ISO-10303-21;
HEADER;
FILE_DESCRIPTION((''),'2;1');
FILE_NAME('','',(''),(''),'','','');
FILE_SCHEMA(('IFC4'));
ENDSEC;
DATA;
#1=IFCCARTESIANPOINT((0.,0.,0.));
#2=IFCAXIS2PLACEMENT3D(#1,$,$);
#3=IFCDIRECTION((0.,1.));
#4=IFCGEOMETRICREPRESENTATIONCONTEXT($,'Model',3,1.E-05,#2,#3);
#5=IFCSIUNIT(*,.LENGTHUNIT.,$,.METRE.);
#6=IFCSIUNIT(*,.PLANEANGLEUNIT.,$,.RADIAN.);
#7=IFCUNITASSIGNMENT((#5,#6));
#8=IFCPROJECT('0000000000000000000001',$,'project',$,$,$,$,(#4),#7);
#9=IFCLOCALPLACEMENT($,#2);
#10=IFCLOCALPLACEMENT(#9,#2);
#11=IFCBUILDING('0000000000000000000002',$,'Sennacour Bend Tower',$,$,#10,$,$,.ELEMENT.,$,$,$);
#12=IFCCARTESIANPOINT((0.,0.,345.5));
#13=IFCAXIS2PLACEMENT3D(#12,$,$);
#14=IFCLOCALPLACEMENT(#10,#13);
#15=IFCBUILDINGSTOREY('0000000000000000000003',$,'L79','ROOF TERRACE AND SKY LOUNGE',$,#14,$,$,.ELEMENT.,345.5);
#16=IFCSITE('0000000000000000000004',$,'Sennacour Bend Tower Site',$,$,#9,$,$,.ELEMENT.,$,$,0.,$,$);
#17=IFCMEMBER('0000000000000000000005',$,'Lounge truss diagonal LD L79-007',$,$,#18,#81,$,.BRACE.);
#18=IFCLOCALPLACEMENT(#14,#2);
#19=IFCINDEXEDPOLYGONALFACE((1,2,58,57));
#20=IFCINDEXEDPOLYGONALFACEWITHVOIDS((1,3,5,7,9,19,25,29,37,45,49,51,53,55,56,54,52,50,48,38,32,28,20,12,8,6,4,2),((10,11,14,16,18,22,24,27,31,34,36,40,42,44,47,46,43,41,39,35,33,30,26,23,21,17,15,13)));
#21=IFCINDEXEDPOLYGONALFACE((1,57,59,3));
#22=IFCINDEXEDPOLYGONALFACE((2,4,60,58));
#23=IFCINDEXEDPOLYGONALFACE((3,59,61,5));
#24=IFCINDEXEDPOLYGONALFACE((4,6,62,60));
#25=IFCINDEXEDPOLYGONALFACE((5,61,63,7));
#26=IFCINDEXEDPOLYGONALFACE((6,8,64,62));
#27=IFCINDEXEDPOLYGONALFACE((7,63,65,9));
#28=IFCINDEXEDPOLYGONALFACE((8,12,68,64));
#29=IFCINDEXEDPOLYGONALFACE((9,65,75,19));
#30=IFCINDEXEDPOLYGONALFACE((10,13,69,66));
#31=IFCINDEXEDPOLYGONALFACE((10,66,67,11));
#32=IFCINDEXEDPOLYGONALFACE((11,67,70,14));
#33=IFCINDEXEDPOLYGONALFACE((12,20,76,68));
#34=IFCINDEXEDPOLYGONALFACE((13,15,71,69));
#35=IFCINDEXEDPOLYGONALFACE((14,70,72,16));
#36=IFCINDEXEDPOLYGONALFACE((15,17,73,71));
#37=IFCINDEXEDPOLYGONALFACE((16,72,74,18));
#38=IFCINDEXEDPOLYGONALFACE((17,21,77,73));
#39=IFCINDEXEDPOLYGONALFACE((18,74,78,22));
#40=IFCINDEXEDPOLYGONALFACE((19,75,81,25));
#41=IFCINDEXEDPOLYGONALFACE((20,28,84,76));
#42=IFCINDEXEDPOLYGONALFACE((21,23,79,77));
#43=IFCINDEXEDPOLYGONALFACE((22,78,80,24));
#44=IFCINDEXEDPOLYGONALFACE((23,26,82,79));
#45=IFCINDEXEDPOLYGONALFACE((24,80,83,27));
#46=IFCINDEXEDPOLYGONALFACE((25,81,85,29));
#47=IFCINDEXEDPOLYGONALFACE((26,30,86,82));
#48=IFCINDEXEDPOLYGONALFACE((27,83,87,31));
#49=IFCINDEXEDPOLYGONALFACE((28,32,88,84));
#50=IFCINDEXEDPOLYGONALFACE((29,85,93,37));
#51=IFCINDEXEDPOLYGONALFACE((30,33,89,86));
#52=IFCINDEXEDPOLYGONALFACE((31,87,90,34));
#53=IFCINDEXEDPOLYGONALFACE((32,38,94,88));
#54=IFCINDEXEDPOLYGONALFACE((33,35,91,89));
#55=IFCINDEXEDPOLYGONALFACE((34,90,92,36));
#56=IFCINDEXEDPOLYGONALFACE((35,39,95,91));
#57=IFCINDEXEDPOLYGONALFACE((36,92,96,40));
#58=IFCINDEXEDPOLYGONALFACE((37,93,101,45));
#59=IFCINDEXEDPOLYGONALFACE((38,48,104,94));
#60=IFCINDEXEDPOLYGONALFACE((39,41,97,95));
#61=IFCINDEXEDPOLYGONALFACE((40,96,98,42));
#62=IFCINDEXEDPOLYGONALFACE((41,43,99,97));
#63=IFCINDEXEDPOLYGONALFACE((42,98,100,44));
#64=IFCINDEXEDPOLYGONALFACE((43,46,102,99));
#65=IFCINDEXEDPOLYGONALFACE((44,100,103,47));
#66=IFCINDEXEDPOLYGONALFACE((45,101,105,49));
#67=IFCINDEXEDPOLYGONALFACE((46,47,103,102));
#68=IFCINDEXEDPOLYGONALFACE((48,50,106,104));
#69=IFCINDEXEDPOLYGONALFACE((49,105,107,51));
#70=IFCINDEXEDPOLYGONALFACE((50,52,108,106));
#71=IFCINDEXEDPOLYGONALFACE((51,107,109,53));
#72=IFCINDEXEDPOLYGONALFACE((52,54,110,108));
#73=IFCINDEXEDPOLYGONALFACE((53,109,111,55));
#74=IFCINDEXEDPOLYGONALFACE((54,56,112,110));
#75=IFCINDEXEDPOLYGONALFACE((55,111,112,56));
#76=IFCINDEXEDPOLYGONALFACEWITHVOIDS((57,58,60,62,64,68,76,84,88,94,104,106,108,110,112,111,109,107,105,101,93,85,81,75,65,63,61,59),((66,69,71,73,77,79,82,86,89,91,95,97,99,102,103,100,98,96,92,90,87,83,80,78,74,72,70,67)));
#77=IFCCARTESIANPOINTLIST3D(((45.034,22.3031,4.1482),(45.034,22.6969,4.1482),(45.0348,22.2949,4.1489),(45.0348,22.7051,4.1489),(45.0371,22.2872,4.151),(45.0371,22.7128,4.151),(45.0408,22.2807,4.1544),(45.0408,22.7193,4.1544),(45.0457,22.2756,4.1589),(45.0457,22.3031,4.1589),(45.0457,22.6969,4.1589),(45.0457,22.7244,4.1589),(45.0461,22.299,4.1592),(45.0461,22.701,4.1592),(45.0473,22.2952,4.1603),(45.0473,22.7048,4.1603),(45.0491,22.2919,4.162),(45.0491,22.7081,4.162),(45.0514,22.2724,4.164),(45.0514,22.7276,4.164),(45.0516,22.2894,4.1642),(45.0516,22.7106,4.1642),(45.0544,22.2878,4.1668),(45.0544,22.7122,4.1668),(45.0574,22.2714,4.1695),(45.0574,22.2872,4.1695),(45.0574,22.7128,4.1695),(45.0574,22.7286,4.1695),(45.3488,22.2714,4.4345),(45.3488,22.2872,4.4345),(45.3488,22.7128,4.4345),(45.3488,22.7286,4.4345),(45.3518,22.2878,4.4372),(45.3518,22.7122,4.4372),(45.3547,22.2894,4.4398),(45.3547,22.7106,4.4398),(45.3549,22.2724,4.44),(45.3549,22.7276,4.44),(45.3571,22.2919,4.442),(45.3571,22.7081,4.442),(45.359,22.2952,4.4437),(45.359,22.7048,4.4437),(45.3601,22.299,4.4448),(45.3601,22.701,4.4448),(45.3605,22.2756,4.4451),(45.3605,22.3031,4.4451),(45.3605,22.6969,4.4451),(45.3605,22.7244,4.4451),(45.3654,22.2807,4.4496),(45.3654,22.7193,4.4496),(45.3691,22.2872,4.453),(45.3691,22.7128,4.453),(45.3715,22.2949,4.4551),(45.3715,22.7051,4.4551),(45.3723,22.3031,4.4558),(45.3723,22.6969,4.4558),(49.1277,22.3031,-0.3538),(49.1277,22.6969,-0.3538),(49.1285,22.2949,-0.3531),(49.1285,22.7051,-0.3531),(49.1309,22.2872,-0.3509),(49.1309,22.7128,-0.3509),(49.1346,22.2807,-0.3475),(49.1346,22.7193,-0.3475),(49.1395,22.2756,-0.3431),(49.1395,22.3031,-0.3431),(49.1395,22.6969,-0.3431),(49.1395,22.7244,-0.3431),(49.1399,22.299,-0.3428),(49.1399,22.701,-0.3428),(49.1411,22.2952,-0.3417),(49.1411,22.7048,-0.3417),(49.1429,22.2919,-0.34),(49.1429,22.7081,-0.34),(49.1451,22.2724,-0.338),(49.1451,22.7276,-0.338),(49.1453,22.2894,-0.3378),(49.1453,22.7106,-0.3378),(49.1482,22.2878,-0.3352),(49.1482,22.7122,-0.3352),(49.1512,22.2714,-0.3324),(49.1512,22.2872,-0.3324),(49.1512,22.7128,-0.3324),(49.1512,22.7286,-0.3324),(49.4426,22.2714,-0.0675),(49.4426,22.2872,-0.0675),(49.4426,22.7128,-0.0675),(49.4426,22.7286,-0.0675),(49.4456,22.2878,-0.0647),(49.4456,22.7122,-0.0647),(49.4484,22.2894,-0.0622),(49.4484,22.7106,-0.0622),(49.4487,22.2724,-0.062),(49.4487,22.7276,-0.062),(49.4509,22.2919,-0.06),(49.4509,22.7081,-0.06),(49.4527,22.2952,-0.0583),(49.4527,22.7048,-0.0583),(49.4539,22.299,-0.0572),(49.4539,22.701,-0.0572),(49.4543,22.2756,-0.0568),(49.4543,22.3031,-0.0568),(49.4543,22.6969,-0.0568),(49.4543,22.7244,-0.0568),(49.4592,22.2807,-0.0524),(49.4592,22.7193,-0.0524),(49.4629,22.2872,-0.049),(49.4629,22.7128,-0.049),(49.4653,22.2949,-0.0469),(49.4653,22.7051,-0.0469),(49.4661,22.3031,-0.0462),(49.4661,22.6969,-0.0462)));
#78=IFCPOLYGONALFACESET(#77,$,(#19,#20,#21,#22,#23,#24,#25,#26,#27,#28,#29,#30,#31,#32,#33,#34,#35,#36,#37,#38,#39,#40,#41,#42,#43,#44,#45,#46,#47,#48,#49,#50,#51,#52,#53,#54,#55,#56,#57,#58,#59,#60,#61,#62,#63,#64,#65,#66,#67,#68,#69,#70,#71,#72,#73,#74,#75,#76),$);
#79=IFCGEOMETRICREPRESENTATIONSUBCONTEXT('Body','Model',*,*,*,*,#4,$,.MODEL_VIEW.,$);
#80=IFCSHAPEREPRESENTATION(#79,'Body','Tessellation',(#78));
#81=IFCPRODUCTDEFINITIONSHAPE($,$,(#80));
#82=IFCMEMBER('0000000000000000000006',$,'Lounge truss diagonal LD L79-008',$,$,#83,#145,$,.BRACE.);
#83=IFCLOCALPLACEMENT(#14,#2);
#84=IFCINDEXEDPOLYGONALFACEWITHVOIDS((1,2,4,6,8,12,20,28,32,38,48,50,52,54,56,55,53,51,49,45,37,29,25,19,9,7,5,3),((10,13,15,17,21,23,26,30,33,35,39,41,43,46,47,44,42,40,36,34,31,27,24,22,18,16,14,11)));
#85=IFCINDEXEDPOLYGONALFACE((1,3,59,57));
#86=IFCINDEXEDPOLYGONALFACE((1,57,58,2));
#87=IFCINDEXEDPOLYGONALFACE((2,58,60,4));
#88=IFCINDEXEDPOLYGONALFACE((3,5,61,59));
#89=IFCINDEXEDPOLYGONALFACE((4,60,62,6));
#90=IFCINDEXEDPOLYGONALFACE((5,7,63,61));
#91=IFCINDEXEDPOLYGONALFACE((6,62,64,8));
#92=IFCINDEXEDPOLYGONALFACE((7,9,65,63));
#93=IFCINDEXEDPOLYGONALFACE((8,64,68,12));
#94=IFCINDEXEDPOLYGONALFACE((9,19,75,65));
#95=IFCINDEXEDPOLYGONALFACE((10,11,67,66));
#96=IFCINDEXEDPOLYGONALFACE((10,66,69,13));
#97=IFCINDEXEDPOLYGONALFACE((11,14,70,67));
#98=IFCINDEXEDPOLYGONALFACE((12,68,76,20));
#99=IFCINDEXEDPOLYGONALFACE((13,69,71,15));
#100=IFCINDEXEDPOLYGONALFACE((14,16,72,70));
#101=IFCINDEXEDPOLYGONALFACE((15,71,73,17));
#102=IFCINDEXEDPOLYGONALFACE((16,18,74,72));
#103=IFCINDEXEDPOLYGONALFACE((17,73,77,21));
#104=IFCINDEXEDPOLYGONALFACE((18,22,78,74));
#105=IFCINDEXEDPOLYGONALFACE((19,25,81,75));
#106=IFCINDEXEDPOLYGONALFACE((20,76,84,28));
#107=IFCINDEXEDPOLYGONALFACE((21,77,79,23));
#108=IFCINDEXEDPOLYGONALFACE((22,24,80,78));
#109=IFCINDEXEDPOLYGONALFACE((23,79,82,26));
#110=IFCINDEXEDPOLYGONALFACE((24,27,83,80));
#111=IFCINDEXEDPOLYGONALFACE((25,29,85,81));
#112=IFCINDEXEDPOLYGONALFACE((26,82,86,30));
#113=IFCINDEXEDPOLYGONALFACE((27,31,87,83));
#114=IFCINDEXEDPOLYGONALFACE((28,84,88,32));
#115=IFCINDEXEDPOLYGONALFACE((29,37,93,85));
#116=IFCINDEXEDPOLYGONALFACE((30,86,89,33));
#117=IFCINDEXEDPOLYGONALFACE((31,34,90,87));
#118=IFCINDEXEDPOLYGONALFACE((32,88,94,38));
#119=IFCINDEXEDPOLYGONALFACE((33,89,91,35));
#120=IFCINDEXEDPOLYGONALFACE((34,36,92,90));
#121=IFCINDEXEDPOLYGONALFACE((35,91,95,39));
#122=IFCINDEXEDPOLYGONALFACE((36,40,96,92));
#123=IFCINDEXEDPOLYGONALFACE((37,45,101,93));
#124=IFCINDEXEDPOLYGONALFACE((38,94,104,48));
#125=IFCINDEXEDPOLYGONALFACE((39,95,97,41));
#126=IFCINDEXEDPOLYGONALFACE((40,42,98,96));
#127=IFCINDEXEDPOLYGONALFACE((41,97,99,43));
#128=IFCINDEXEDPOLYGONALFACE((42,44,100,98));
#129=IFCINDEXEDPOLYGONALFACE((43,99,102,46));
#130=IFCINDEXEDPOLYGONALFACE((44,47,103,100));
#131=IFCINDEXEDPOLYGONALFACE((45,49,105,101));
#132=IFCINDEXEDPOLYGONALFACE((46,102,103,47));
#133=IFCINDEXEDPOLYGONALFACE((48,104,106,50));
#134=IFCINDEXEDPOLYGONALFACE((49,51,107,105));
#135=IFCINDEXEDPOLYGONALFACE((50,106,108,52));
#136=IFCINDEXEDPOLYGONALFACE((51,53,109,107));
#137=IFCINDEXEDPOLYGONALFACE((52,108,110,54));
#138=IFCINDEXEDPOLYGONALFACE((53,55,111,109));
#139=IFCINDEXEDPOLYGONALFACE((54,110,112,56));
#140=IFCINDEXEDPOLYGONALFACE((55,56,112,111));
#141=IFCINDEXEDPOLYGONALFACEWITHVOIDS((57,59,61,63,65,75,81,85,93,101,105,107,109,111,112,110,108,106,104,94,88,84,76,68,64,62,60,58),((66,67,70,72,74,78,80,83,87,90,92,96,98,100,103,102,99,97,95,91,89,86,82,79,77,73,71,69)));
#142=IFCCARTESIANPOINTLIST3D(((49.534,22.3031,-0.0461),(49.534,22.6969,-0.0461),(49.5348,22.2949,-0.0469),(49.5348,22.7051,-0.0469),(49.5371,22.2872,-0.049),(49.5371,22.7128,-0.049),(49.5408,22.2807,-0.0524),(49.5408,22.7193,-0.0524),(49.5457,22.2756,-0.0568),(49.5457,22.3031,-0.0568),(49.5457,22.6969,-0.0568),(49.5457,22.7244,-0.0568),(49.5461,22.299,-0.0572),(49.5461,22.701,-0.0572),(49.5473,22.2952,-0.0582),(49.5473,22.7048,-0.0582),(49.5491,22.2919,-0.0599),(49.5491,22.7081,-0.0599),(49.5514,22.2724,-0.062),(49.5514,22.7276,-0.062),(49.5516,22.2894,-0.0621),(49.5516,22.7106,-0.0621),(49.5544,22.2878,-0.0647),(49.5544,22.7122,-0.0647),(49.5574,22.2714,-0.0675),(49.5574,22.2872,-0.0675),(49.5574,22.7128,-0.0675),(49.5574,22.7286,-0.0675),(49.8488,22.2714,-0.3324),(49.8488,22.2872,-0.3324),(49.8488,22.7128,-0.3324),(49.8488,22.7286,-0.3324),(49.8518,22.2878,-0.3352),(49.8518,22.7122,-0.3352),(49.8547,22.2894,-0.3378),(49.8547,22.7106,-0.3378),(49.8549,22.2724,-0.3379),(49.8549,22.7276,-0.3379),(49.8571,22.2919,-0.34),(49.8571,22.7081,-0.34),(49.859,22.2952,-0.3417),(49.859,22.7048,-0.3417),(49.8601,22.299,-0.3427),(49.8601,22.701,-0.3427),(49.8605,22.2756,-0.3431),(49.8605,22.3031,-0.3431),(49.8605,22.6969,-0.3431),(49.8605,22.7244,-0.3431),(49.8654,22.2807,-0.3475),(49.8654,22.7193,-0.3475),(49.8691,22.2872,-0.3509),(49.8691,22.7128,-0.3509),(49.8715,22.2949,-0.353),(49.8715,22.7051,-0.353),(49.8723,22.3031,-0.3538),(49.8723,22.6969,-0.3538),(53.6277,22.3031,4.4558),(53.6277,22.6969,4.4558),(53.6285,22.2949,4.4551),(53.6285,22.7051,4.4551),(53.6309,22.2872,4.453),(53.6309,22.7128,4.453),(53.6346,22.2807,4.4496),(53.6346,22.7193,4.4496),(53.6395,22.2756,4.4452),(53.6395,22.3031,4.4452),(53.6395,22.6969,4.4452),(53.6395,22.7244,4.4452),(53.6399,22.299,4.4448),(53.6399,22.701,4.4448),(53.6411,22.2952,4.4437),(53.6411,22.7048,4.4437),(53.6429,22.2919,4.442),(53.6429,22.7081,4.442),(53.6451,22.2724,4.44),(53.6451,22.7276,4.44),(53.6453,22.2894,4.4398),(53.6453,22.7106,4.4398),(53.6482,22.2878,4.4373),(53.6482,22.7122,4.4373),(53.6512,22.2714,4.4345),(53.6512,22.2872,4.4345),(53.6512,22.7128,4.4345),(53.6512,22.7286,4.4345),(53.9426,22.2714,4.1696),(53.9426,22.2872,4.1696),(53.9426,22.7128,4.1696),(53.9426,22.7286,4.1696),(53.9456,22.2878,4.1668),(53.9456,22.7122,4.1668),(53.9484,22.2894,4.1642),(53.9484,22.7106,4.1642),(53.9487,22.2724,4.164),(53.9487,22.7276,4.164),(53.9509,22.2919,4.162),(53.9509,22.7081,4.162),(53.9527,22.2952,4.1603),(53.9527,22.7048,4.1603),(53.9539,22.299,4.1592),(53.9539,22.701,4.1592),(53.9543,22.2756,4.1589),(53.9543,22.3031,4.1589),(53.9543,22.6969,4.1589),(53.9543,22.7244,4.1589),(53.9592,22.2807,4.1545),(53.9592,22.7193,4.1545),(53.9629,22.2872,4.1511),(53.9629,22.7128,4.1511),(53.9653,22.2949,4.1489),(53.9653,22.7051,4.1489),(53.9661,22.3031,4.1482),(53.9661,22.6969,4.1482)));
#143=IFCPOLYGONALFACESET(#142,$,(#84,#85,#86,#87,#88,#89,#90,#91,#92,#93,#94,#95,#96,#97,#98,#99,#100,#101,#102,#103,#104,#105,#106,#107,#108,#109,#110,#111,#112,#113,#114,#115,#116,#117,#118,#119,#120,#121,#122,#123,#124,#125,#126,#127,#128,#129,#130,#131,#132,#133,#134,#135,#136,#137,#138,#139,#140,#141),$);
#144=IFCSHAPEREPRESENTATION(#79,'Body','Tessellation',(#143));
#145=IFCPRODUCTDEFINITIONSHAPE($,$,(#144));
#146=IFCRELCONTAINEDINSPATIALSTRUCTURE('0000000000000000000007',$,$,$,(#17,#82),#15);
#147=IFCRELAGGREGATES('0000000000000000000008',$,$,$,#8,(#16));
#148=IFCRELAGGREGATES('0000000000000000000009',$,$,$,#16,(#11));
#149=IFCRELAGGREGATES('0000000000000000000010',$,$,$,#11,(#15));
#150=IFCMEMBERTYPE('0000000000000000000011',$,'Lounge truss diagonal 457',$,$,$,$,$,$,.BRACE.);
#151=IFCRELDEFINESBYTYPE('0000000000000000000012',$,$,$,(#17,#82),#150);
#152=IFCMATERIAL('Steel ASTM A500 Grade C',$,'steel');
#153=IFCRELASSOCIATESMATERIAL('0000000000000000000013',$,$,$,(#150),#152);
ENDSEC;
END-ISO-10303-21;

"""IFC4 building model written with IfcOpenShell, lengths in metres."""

from ifc_helpers import new_model, si_unit, direction, frame, origin, origin_2d, place, context, subcontext, project, spatial, hollow_rectangle, extrude, material, material_profile, profile_set, type_object, element, save


model = new_model("IFC4")

# Units and contexts
model_context = context("Model", 3, precision=1e-05, world=origin(), true_north=direction((0.0, 1.0)))
body_context = subcontext(model_context, "Body", "Model", "MODEL_VIEW")
ifc_project = project(units=[si_unit("LENGTHUNIT", "METRE"), si_unit("PLANEANGLEUNIT", "RADIAN")], contexts=[model_context])

# Site, building, storey
site_placement = place(None, origin())
site = spatial("IfcSite", under=ifc_project, at=site_placement, Name="Sennacour Bend Tower Site", CompositionType="ELEMENT", RefElevation=0.0)
building_placement = place(site_placement, origin())
building = spatial("IfcBuilding", under=site, at=building_placement, Name="Sennacour Bend Tower", CompositionType="ELEMENT")
storey_placement = place(building_placement, frame((0.0, 0.0, 345.5)))
storey = spatial("IfcBuildingStorey", under=building, at=storey_placement, Name="L79", Description="ROOF TERRACE AND SKY LOUNGE", CompositionType="ELEMENT", Elevation=345.5)

# Members
ifc_material_1 = material(Name="Steel ASTM A500 Grade C", Category="steel")
ifc_material_profile_1 = material_profile(ifc_material_1, hollow_rectangle(XDim=0.4573, YDim=0.4573, WallThickness=0.0159, InnerFilletRadius=0.0159, OuterFilletRadius=0.0317, at=origin_2d()), Name="Steel ASTM A500 Grade C", Category="steel")
ifc_profile_set_1 = profile_set([ifc_material_profile_1], Name="Steel ASTM A500 Grade C")
member_type_1 = type_object("IfcMemberType", Name="Lounge truss diagonal 457", PredefinedType="BRACE", material=ifc_profile_set_1)
for number, where, z_axis, x_axis, name in (
    (1, (45.2031, 22.5, 4.302), (0.672769, 0.0, -0.739853), (0.0, 1.0, 0.0), "Lounge truss diagonal LD L79-007"),
    (2, (49.7031, 22.5, -0.2), (0.672769, 0.0, 0.739853), (0.0, 1.0, 0.0), "Lounge truss diagonal LD L79-008"),
):
    element("IfcMember", number, at=place(storey_placement, frame(where, z_axis=z_axis, x_axis=x_axis)), inside=storey, type_object=member_type_1, Name=name, PredefinedType="BRACE", context=body_context, shape_type="SweptSolid", body=[
        extrude(hollow_rectangle(XDim=0.4573, YDim=0.4573, WallThickness=0.0159, InnerFilletRadius=0.0159, OuterFilletRadius=0.0317, at=origin_2d()), origin(), (0.0, 0.0, 1.0), 6.085),
    ])

save(model, "model.ifc")
